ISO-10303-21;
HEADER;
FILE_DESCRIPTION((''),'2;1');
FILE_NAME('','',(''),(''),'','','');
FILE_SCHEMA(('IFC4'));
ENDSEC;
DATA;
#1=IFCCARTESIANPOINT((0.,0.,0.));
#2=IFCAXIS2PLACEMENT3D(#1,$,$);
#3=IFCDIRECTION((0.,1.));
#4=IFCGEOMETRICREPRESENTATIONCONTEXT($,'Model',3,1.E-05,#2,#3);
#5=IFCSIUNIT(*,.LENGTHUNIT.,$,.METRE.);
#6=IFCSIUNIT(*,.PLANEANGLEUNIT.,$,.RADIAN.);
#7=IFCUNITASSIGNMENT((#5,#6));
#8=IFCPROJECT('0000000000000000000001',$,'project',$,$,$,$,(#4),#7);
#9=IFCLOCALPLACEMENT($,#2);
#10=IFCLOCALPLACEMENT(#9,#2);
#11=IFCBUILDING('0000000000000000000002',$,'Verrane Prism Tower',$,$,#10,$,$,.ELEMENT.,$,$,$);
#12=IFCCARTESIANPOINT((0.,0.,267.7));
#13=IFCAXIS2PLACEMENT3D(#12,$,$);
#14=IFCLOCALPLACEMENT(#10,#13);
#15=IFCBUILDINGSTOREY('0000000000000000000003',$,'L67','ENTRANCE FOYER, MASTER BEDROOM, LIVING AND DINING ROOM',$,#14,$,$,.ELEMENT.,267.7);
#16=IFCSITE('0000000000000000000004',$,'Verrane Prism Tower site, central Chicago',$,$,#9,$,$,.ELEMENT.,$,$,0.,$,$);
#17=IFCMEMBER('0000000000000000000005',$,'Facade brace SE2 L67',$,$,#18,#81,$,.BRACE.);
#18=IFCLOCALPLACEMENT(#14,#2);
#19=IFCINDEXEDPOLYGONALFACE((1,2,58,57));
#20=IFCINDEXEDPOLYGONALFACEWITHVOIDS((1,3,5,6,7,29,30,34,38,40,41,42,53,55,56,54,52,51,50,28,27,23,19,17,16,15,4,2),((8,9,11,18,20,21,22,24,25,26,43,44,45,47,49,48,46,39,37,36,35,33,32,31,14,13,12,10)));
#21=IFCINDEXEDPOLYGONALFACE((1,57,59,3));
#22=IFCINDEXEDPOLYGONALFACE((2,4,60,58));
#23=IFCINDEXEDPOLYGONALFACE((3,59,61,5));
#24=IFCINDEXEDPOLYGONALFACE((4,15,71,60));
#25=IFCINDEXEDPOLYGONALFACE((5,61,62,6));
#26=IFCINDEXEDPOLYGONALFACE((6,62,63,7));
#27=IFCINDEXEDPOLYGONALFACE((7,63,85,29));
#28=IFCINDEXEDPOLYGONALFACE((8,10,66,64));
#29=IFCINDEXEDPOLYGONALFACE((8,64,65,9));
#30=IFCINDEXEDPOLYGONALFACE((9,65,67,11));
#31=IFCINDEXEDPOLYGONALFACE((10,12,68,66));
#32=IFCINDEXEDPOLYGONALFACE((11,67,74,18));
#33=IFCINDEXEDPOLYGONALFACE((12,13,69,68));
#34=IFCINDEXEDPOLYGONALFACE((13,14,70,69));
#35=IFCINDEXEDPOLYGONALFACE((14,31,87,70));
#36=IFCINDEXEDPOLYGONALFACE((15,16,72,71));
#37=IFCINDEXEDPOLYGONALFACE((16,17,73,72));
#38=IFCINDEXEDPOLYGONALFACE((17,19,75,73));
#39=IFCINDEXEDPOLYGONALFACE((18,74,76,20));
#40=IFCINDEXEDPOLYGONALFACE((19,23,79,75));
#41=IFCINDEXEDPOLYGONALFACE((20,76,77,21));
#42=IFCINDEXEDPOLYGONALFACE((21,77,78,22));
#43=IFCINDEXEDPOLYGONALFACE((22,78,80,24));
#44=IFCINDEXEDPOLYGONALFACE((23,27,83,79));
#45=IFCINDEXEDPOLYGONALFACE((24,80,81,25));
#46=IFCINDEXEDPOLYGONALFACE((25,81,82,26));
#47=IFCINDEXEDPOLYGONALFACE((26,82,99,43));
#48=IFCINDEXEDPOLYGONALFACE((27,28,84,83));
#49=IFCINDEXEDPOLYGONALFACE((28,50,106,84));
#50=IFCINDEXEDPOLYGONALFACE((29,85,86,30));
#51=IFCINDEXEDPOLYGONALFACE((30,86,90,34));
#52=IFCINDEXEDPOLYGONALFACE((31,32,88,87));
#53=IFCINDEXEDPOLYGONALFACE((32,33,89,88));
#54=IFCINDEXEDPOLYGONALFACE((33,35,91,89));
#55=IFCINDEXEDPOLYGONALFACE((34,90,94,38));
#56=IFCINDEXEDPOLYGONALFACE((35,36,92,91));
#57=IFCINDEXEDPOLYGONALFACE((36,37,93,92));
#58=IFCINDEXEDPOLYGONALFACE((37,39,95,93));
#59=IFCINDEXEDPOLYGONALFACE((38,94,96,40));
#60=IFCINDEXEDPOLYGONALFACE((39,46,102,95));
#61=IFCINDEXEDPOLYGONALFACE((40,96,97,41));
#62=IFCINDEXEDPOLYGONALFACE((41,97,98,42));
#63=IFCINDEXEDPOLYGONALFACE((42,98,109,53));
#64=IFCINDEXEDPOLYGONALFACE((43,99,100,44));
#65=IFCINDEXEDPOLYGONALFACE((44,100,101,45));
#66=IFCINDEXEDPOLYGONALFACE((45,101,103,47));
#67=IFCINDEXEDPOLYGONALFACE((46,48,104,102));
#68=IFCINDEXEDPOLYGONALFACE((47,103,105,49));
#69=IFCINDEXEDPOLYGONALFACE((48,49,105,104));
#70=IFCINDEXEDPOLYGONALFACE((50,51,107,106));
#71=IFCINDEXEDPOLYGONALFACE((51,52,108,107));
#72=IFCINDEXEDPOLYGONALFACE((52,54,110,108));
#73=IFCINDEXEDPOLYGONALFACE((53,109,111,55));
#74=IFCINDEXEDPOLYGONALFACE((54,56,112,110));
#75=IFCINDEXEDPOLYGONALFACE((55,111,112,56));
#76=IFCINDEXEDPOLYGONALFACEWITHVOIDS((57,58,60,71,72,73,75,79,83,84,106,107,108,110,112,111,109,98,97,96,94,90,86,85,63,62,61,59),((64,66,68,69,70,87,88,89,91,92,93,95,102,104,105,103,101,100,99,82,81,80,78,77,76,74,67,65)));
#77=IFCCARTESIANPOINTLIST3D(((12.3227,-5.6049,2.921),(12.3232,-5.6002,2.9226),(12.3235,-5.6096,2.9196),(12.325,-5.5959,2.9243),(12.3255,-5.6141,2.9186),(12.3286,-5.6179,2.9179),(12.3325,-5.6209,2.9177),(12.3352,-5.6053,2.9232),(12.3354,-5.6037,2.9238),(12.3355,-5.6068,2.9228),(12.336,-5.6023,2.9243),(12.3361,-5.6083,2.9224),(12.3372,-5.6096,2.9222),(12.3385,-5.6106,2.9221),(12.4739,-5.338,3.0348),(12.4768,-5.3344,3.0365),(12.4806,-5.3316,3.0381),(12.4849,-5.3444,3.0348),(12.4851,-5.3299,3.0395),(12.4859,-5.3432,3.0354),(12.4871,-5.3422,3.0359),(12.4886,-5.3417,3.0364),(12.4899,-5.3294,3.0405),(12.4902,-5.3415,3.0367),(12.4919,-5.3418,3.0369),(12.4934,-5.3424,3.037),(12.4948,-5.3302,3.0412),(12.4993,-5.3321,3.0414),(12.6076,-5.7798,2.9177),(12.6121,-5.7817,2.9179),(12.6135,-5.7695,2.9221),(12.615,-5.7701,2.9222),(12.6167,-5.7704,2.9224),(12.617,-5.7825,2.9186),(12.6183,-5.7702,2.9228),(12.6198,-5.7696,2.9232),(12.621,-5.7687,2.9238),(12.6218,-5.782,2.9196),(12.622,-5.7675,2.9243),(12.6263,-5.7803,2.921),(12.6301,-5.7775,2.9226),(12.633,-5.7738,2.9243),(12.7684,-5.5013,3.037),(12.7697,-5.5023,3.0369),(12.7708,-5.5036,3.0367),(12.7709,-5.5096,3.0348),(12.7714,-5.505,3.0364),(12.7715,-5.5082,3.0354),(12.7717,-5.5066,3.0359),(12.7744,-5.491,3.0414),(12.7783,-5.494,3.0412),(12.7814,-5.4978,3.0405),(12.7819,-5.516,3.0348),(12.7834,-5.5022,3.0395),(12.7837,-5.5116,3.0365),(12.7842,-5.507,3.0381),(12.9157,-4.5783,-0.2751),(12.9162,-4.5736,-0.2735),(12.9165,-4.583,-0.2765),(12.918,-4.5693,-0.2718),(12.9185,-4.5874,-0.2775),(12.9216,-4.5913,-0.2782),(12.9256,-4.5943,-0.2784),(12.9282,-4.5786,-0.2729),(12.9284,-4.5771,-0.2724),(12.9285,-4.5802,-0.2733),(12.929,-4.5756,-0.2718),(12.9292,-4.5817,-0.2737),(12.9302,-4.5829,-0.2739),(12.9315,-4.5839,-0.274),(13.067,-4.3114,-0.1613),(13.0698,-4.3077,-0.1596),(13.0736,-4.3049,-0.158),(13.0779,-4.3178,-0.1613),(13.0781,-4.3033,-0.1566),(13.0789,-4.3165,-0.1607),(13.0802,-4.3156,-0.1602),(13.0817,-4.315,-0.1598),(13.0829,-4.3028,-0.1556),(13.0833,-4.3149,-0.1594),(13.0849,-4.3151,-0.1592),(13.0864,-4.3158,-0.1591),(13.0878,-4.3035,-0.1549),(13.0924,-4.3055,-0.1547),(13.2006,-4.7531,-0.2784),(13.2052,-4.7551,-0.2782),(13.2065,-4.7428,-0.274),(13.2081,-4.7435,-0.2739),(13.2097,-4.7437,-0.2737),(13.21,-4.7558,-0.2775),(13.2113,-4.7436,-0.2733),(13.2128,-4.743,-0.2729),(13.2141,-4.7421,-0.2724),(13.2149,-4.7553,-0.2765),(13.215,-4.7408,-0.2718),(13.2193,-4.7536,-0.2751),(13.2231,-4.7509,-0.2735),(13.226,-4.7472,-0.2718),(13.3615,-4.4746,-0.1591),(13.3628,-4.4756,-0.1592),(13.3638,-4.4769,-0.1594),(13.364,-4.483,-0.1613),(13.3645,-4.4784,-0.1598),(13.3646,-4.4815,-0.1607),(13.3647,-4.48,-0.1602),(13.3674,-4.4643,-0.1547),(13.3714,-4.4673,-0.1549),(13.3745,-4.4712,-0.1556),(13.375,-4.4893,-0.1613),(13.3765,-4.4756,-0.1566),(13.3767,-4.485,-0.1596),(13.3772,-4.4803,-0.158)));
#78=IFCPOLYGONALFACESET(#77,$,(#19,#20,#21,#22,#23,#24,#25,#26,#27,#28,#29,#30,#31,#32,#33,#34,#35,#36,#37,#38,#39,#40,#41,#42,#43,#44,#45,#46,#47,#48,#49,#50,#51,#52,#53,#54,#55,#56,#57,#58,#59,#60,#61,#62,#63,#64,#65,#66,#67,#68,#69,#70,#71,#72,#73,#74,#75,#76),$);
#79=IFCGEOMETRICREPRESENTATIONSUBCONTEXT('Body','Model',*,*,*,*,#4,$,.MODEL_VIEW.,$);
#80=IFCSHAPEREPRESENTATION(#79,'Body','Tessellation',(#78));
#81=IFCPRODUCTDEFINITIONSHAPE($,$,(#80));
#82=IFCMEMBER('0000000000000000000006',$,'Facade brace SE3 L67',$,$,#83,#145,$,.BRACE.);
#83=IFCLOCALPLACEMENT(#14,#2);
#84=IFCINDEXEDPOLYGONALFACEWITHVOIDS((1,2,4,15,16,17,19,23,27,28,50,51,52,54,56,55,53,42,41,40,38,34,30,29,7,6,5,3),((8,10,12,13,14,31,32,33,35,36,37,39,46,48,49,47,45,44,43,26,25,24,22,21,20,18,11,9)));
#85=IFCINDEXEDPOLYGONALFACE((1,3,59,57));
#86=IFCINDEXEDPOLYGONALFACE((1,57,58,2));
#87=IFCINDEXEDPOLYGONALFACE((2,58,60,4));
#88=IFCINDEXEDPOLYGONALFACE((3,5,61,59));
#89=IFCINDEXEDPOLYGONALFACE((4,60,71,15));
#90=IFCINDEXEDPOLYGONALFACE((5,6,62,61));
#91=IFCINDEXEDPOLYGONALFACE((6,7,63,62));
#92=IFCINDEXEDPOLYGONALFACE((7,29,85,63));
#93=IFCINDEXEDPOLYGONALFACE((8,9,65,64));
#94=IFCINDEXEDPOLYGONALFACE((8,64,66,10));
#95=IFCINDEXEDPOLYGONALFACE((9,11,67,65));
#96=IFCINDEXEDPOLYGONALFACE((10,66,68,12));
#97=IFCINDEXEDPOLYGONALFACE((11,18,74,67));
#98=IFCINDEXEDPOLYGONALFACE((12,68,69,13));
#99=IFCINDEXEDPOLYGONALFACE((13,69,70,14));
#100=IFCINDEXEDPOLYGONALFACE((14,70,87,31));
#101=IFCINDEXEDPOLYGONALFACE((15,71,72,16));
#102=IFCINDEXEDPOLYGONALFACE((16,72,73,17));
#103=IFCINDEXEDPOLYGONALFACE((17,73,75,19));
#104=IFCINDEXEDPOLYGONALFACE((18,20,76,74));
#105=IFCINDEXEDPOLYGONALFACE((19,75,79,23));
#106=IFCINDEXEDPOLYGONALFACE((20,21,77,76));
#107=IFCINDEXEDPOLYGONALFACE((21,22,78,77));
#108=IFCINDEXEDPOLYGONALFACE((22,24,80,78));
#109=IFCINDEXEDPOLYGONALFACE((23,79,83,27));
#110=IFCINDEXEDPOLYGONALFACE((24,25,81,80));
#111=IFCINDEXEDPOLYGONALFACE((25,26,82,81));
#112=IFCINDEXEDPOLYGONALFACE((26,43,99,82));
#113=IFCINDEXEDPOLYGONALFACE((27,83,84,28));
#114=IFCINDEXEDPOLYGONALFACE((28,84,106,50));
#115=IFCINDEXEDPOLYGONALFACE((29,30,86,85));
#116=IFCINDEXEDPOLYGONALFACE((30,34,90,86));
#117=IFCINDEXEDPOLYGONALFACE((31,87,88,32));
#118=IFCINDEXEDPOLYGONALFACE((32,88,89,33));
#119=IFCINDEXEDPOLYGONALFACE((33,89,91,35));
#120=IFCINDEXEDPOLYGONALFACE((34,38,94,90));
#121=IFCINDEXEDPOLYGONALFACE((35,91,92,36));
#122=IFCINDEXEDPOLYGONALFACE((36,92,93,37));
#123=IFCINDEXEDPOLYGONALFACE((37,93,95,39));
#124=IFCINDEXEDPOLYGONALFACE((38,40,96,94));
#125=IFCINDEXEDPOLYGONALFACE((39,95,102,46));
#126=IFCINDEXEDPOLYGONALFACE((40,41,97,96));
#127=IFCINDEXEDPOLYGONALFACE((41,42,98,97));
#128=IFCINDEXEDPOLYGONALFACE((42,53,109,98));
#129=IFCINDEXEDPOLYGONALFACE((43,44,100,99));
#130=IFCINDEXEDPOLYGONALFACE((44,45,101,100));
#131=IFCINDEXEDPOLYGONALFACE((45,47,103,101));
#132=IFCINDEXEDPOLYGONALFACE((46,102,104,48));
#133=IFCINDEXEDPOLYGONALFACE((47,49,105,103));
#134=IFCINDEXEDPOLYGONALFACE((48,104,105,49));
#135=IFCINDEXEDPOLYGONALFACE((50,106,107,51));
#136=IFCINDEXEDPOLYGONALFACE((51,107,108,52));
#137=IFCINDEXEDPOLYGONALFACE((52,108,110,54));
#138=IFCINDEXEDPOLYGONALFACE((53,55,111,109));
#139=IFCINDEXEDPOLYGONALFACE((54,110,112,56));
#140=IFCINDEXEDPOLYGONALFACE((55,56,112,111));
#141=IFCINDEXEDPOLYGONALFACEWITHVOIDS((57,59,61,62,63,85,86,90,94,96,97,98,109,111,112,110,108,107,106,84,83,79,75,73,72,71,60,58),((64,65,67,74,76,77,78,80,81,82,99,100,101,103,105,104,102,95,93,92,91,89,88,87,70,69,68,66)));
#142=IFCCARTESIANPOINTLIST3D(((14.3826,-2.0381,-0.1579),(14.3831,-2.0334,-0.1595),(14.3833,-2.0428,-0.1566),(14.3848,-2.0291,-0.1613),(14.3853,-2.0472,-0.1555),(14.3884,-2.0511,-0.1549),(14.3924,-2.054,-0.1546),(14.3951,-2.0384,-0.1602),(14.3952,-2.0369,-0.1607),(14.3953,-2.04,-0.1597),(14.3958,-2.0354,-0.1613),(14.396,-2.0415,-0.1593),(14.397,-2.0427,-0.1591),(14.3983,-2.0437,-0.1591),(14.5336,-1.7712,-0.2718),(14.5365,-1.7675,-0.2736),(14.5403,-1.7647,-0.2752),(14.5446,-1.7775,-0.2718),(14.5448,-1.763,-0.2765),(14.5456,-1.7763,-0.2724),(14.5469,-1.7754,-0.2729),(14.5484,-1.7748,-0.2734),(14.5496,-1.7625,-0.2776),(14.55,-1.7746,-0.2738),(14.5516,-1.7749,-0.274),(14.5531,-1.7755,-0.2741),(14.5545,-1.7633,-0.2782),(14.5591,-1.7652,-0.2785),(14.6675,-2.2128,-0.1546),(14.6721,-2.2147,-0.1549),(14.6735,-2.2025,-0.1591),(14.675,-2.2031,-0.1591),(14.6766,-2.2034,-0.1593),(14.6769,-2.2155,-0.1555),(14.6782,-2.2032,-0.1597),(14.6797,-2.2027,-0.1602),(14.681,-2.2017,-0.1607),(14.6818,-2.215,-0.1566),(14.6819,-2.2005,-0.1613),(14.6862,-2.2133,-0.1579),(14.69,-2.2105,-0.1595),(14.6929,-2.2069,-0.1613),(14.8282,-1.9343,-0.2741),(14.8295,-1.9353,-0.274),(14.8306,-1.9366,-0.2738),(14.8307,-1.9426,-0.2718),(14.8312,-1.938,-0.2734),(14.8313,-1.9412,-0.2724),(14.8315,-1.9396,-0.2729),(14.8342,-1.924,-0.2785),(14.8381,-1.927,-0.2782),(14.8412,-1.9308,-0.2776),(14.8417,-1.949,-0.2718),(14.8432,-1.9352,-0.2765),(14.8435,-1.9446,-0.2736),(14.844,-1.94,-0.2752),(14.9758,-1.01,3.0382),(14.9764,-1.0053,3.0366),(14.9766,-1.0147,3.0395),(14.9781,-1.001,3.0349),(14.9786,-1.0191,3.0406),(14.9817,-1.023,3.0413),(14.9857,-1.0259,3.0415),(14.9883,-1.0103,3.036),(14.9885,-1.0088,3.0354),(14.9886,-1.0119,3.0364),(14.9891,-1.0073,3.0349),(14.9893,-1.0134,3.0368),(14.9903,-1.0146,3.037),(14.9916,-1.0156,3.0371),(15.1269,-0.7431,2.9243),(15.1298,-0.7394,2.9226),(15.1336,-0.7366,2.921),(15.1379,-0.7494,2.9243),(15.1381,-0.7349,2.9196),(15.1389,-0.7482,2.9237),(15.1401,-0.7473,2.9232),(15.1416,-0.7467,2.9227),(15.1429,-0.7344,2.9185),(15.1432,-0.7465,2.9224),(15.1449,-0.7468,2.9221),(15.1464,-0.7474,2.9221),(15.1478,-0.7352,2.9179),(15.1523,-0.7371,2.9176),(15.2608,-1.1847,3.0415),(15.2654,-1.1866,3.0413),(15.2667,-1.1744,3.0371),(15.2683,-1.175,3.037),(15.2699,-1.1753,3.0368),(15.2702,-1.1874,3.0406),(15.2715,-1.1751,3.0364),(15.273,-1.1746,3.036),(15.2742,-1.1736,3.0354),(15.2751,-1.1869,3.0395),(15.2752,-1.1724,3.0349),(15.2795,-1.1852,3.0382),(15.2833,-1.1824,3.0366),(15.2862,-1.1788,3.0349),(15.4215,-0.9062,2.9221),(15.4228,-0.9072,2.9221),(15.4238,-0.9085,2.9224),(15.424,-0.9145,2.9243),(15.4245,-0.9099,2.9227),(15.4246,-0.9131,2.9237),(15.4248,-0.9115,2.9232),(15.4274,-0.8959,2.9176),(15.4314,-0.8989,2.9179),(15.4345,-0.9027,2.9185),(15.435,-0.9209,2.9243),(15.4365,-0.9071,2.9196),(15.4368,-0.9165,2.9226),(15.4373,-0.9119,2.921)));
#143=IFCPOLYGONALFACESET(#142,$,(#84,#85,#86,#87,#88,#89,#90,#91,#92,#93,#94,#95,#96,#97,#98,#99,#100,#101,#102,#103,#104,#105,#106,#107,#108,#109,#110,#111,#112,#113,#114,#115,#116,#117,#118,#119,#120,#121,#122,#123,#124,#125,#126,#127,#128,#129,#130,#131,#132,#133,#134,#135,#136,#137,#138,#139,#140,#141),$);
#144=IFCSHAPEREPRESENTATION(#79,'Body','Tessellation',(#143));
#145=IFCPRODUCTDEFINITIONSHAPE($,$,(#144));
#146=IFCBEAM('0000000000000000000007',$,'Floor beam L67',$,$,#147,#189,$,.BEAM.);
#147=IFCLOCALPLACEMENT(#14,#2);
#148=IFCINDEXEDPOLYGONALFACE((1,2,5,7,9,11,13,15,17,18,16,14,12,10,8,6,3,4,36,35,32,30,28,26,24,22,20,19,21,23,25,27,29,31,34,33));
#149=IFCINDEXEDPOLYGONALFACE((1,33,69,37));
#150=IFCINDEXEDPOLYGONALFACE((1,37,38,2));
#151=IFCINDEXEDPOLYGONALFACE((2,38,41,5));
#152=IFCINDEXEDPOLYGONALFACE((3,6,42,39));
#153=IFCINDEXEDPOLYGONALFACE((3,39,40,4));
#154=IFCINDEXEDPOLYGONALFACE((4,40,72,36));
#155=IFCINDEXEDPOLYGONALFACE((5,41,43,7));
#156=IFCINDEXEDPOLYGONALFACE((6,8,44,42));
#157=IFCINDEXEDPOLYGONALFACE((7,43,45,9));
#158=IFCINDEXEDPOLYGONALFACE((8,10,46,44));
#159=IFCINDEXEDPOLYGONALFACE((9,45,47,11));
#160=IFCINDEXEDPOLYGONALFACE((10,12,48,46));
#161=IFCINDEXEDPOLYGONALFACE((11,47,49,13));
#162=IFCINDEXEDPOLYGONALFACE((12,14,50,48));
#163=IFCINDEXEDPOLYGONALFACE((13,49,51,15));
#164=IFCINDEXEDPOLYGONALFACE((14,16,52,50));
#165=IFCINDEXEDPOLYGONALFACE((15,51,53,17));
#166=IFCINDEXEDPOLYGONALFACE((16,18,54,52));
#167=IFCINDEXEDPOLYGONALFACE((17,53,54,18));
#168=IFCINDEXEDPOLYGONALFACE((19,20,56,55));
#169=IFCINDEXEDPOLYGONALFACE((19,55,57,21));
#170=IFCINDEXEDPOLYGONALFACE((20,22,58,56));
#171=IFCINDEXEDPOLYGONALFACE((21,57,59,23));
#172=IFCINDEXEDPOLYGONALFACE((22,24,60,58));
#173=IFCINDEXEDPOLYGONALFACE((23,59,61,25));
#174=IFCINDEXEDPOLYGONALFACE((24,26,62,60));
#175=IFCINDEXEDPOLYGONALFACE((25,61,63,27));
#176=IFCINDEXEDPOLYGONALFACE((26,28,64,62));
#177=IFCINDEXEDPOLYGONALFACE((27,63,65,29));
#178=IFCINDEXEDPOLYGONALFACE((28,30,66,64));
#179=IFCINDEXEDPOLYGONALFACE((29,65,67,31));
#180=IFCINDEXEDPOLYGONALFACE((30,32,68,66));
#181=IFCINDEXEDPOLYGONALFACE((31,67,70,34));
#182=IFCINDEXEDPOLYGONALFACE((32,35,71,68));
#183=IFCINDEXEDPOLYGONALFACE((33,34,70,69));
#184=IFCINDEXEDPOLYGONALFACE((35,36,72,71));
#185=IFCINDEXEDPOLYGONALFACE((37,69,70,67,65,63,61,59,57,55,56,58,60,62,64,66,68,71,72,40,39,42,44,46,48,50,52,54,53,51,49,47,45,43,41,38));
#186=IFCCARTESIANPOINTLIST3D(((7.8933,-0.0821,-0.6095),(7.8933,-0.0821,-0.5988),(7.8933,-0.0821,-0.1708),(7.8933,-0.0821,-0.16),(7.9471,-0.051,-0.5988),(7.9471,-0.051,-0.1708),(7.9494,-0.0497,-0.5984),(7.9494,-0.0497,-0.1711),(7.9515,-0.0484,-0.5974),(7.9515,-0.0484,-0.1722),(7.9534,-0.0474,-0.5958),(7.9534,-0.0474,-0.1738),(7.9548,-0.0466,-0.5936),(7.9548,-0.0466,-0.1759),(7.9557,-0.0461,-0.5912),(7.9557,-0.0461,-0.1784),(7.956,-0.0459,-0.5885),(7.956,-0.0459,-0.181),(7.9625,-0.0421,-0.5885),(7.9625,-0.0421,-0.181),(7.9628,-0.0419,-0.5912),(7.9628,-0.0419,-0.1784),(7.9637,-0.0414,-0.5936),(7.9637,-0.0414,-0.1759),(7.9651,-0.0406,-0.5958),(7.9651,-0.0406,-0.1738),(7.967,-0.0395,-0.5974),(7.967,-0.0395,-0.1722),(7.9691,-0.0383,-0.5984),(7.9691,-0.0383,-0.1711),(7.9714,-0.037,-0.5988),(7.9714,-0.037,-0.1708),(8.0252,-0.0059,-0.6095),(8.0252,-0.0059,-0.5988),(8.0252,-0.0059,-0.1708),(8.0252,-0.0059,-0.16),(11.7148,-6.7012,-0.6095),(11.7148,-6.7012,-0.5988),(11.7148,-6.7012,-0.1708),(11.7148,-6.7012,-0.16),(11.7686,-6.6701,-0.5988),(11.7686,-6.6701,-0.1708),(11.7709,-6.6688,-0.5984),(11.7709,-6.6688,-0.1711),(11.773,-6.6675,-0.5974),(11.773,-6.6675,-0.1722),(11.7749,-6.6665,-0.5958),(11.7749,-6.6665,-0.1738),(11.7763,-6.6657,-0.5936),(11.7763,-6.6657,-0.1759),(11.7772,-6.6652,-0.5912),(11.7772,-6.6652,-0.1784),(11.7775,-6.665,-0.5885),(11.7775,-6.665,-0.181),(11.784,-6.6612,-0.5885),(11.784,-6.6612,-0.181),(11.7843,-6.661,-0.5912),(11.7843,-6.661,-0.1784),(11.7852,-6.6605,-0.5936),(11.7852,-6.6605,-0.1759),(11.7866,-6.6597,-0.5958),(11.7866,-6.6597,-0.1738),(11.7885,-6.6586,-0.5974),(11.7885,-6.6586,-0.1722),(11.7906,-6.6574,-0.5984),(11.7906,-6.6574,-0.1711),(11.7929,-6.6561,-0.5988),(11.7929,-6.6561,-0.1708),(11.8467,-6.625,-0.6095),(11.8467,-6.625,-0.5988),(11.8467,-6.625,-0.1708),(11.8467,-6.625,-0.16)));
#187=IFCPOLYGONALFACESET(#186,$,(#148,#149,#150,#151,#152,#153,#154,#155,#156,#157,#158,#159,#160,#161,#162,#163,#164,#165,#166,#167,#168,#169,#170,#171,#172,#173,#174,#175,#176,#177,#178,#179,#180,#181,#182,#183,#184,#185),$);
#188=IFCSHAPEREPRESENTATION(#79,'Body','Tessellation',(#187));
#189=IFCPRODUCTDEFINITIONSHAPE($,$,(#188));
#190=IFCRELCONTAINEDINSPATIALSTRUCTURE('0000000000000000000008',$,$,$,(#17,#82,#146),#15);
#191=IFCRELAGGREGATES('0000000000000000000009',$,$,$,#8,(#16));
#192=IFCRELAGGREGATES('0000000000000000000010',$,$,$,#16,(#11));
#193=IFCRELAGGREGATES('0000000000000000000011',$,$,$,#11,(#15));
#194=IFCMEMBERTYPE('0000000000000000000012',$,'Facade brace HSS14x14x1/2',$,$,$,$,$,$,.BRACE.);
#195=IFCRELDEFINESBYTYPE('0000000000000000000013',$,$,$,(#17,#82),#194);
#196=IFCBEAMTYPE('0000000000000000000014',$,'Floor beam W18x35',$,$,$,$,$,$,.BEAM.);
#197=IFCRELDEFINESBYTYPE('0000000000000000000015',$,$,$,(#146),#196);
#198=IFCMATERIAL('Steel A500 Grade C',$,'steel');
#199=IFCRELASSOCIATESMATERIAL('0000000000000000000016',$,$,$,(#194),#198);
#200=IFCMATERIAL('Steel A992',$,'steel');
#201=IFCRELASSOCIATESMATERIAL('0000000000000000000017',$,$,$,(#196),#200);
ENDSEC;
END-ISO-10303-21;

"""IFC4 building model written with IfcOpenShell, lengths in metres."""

from ifc_helpers import new_model, si_unit, direction, frame, origin, origin_2d, place, context, subcontext, project, spatial, hollow_rectangle, i_section, extrude, material, material_profile, profile_set, type_object, element, save


model = new_model("IFC4")

# Units and contexts
model_context = context("Model", 3, precision=1e-05, world=origin(), true_north=direction((0.0, 1.0)))
body_context = subcontext(model_context, "Body", "Model", "MODEL_VIEW")
ifc_project = project(units=[si_unit("LENGTHUNIT", "METRE"), si_unit("PLANEANGLEUNIT", "RADIAN")], contexts=[model_context])

# Site, building, storey
site_placement = place(None, origin())
site = spatial("IfcSite", under=ifc_project, at=site_placement, Name="Verrane Prism Tower site, central Chicago", CompositionType="ELEMENT", RefElevation=0.0)
building_placement = place(site_placement, origin())
building = spatial("IfcBuilding", under=site, at=building_placement, Name="Verrane Prism Tower", CompositionType="ELEMENT")
storey_placement = place(building_placement, frame((0.0, 0.0, 267.7)))
storey = spatial("IfcBuildingStorey", under=building, at=storey_placement, Name="L67", Description="ENTRANCE FOYER, MASTER BEDROOM, LIVING AND DINING ROOM", CompositionType="ELEMENT", Elevation=267.7)

# Members
ifc_material_1 = material(Name="Steel A500 Grade C", Category="steel")
ifc_material_profile_1 = material_profile(ifc_material_1, hollow_rectangle(XDim=0.3557, YDim=0.3557, WallThickness=0.0127, InnerFilletRadius=0.0063, OuterFilletRadius=0.019, at=origin_2d()), Name="HSS14x14x1/2")
ifc_profile_set_1 = profile_set([ifc_material_profile_1], Name="Steel A500 Grade C")
member_type_1 = type_object("IfcMemberType", Name="Facade brace HSS14x14x1/2", PredefinedType="BRACE", material=ifc_profile_set_1)
member_1_placement = place(storey_placement, frame((13.1465, -4.5293, -0.2166), z_axis=(-0.173964, -0.30116, 0.937571), x_axis=(0.865915, -0.500192, 0.0)))
element("IfcMember", 1, at=member_1_placement, inside=storey, type_object=member_type_1, Name="Facade brace SE2 L67", PredefinedType="BRACE", context=body_context, shape_type="SweptSolid", body=[
    extrude(hollow_rectangle(XDim=0.3557, YDim=0.3557, WallThickness=0.0127, InnerFilletRadius=0.0063, OuterFilletRadius=0.019, at=origin_2d()), origin(), (0.0, 0.0, 1.0), 3.4089),
])
member_2_placement = place(storey_placement, frame((14.6133, -1.989, -0.2166), z_axis=(0.174011, 0.301547, 0.937438), x_axis=(-0.866134, 0.499811, 0.0)))
element("IfcMember", 2, at=member_2_placement, inside=storey, type_object=member_type_1, Name="Facade brace SE3 L67", PredefinedType="BRACE", context=body_context, shape_type="SweptSolid", body=[
    extrude(hollow_rectangle(XDim=0.3557, YDim=0.3557, WallThickness=0.0127, InnerFilletRadius=0.0063, OuterFilletRadius=0.019, at=origin_2d()), origin(), (0.0, 0.0, 1.0), 3.4094),
])

# Beam
ifc_material_2 = material(Name="Steel A992", Category="steel")
ifc_material_profile_2 = material_profile(ifc_material_2, i_section(OverallWidth=0.1523, OverallDepth=0.4495, WebThickness=0.0076, FlangeThickness=0.0107, FilletRadius=0.0103, at=origin_2d()), Name="W18x35")
ifc_profile_set_2 = profile_set([ifc_material_profile_2], Name="Steel A992")
beam_type_1 = type_object("IfcBeamType", Name="Floor beam W18x35", PredefinedType="BEAM", material=ifc_profile_set_2)
beam_1_placement = place(storey_placement, frame((11.7808, -6.6631, -0.3848), z_axis=(-0.499997, 0.866027, 0.0), x_axis=(-0.866027, -0.499997, 0.0)))
element("IfcBeam", 3, at=beam_1_placement, inside=storey, type_object=beam_type_1, Name="Floor beam L67", PredefinedType="BEAM", context=body_context, shape_type="SweptSolid", body=[
    extrude(i_section(OverallWidth=0.1523, OverallDepth=0.4495, WebThickness=0.0076, FlangeThickness=0.0107, FilletRadius=0.0103, at=origin_2d()), origin(), (0.0, 0.0, 1.0), 7.6431),
])

save(model, "model.ifc")
